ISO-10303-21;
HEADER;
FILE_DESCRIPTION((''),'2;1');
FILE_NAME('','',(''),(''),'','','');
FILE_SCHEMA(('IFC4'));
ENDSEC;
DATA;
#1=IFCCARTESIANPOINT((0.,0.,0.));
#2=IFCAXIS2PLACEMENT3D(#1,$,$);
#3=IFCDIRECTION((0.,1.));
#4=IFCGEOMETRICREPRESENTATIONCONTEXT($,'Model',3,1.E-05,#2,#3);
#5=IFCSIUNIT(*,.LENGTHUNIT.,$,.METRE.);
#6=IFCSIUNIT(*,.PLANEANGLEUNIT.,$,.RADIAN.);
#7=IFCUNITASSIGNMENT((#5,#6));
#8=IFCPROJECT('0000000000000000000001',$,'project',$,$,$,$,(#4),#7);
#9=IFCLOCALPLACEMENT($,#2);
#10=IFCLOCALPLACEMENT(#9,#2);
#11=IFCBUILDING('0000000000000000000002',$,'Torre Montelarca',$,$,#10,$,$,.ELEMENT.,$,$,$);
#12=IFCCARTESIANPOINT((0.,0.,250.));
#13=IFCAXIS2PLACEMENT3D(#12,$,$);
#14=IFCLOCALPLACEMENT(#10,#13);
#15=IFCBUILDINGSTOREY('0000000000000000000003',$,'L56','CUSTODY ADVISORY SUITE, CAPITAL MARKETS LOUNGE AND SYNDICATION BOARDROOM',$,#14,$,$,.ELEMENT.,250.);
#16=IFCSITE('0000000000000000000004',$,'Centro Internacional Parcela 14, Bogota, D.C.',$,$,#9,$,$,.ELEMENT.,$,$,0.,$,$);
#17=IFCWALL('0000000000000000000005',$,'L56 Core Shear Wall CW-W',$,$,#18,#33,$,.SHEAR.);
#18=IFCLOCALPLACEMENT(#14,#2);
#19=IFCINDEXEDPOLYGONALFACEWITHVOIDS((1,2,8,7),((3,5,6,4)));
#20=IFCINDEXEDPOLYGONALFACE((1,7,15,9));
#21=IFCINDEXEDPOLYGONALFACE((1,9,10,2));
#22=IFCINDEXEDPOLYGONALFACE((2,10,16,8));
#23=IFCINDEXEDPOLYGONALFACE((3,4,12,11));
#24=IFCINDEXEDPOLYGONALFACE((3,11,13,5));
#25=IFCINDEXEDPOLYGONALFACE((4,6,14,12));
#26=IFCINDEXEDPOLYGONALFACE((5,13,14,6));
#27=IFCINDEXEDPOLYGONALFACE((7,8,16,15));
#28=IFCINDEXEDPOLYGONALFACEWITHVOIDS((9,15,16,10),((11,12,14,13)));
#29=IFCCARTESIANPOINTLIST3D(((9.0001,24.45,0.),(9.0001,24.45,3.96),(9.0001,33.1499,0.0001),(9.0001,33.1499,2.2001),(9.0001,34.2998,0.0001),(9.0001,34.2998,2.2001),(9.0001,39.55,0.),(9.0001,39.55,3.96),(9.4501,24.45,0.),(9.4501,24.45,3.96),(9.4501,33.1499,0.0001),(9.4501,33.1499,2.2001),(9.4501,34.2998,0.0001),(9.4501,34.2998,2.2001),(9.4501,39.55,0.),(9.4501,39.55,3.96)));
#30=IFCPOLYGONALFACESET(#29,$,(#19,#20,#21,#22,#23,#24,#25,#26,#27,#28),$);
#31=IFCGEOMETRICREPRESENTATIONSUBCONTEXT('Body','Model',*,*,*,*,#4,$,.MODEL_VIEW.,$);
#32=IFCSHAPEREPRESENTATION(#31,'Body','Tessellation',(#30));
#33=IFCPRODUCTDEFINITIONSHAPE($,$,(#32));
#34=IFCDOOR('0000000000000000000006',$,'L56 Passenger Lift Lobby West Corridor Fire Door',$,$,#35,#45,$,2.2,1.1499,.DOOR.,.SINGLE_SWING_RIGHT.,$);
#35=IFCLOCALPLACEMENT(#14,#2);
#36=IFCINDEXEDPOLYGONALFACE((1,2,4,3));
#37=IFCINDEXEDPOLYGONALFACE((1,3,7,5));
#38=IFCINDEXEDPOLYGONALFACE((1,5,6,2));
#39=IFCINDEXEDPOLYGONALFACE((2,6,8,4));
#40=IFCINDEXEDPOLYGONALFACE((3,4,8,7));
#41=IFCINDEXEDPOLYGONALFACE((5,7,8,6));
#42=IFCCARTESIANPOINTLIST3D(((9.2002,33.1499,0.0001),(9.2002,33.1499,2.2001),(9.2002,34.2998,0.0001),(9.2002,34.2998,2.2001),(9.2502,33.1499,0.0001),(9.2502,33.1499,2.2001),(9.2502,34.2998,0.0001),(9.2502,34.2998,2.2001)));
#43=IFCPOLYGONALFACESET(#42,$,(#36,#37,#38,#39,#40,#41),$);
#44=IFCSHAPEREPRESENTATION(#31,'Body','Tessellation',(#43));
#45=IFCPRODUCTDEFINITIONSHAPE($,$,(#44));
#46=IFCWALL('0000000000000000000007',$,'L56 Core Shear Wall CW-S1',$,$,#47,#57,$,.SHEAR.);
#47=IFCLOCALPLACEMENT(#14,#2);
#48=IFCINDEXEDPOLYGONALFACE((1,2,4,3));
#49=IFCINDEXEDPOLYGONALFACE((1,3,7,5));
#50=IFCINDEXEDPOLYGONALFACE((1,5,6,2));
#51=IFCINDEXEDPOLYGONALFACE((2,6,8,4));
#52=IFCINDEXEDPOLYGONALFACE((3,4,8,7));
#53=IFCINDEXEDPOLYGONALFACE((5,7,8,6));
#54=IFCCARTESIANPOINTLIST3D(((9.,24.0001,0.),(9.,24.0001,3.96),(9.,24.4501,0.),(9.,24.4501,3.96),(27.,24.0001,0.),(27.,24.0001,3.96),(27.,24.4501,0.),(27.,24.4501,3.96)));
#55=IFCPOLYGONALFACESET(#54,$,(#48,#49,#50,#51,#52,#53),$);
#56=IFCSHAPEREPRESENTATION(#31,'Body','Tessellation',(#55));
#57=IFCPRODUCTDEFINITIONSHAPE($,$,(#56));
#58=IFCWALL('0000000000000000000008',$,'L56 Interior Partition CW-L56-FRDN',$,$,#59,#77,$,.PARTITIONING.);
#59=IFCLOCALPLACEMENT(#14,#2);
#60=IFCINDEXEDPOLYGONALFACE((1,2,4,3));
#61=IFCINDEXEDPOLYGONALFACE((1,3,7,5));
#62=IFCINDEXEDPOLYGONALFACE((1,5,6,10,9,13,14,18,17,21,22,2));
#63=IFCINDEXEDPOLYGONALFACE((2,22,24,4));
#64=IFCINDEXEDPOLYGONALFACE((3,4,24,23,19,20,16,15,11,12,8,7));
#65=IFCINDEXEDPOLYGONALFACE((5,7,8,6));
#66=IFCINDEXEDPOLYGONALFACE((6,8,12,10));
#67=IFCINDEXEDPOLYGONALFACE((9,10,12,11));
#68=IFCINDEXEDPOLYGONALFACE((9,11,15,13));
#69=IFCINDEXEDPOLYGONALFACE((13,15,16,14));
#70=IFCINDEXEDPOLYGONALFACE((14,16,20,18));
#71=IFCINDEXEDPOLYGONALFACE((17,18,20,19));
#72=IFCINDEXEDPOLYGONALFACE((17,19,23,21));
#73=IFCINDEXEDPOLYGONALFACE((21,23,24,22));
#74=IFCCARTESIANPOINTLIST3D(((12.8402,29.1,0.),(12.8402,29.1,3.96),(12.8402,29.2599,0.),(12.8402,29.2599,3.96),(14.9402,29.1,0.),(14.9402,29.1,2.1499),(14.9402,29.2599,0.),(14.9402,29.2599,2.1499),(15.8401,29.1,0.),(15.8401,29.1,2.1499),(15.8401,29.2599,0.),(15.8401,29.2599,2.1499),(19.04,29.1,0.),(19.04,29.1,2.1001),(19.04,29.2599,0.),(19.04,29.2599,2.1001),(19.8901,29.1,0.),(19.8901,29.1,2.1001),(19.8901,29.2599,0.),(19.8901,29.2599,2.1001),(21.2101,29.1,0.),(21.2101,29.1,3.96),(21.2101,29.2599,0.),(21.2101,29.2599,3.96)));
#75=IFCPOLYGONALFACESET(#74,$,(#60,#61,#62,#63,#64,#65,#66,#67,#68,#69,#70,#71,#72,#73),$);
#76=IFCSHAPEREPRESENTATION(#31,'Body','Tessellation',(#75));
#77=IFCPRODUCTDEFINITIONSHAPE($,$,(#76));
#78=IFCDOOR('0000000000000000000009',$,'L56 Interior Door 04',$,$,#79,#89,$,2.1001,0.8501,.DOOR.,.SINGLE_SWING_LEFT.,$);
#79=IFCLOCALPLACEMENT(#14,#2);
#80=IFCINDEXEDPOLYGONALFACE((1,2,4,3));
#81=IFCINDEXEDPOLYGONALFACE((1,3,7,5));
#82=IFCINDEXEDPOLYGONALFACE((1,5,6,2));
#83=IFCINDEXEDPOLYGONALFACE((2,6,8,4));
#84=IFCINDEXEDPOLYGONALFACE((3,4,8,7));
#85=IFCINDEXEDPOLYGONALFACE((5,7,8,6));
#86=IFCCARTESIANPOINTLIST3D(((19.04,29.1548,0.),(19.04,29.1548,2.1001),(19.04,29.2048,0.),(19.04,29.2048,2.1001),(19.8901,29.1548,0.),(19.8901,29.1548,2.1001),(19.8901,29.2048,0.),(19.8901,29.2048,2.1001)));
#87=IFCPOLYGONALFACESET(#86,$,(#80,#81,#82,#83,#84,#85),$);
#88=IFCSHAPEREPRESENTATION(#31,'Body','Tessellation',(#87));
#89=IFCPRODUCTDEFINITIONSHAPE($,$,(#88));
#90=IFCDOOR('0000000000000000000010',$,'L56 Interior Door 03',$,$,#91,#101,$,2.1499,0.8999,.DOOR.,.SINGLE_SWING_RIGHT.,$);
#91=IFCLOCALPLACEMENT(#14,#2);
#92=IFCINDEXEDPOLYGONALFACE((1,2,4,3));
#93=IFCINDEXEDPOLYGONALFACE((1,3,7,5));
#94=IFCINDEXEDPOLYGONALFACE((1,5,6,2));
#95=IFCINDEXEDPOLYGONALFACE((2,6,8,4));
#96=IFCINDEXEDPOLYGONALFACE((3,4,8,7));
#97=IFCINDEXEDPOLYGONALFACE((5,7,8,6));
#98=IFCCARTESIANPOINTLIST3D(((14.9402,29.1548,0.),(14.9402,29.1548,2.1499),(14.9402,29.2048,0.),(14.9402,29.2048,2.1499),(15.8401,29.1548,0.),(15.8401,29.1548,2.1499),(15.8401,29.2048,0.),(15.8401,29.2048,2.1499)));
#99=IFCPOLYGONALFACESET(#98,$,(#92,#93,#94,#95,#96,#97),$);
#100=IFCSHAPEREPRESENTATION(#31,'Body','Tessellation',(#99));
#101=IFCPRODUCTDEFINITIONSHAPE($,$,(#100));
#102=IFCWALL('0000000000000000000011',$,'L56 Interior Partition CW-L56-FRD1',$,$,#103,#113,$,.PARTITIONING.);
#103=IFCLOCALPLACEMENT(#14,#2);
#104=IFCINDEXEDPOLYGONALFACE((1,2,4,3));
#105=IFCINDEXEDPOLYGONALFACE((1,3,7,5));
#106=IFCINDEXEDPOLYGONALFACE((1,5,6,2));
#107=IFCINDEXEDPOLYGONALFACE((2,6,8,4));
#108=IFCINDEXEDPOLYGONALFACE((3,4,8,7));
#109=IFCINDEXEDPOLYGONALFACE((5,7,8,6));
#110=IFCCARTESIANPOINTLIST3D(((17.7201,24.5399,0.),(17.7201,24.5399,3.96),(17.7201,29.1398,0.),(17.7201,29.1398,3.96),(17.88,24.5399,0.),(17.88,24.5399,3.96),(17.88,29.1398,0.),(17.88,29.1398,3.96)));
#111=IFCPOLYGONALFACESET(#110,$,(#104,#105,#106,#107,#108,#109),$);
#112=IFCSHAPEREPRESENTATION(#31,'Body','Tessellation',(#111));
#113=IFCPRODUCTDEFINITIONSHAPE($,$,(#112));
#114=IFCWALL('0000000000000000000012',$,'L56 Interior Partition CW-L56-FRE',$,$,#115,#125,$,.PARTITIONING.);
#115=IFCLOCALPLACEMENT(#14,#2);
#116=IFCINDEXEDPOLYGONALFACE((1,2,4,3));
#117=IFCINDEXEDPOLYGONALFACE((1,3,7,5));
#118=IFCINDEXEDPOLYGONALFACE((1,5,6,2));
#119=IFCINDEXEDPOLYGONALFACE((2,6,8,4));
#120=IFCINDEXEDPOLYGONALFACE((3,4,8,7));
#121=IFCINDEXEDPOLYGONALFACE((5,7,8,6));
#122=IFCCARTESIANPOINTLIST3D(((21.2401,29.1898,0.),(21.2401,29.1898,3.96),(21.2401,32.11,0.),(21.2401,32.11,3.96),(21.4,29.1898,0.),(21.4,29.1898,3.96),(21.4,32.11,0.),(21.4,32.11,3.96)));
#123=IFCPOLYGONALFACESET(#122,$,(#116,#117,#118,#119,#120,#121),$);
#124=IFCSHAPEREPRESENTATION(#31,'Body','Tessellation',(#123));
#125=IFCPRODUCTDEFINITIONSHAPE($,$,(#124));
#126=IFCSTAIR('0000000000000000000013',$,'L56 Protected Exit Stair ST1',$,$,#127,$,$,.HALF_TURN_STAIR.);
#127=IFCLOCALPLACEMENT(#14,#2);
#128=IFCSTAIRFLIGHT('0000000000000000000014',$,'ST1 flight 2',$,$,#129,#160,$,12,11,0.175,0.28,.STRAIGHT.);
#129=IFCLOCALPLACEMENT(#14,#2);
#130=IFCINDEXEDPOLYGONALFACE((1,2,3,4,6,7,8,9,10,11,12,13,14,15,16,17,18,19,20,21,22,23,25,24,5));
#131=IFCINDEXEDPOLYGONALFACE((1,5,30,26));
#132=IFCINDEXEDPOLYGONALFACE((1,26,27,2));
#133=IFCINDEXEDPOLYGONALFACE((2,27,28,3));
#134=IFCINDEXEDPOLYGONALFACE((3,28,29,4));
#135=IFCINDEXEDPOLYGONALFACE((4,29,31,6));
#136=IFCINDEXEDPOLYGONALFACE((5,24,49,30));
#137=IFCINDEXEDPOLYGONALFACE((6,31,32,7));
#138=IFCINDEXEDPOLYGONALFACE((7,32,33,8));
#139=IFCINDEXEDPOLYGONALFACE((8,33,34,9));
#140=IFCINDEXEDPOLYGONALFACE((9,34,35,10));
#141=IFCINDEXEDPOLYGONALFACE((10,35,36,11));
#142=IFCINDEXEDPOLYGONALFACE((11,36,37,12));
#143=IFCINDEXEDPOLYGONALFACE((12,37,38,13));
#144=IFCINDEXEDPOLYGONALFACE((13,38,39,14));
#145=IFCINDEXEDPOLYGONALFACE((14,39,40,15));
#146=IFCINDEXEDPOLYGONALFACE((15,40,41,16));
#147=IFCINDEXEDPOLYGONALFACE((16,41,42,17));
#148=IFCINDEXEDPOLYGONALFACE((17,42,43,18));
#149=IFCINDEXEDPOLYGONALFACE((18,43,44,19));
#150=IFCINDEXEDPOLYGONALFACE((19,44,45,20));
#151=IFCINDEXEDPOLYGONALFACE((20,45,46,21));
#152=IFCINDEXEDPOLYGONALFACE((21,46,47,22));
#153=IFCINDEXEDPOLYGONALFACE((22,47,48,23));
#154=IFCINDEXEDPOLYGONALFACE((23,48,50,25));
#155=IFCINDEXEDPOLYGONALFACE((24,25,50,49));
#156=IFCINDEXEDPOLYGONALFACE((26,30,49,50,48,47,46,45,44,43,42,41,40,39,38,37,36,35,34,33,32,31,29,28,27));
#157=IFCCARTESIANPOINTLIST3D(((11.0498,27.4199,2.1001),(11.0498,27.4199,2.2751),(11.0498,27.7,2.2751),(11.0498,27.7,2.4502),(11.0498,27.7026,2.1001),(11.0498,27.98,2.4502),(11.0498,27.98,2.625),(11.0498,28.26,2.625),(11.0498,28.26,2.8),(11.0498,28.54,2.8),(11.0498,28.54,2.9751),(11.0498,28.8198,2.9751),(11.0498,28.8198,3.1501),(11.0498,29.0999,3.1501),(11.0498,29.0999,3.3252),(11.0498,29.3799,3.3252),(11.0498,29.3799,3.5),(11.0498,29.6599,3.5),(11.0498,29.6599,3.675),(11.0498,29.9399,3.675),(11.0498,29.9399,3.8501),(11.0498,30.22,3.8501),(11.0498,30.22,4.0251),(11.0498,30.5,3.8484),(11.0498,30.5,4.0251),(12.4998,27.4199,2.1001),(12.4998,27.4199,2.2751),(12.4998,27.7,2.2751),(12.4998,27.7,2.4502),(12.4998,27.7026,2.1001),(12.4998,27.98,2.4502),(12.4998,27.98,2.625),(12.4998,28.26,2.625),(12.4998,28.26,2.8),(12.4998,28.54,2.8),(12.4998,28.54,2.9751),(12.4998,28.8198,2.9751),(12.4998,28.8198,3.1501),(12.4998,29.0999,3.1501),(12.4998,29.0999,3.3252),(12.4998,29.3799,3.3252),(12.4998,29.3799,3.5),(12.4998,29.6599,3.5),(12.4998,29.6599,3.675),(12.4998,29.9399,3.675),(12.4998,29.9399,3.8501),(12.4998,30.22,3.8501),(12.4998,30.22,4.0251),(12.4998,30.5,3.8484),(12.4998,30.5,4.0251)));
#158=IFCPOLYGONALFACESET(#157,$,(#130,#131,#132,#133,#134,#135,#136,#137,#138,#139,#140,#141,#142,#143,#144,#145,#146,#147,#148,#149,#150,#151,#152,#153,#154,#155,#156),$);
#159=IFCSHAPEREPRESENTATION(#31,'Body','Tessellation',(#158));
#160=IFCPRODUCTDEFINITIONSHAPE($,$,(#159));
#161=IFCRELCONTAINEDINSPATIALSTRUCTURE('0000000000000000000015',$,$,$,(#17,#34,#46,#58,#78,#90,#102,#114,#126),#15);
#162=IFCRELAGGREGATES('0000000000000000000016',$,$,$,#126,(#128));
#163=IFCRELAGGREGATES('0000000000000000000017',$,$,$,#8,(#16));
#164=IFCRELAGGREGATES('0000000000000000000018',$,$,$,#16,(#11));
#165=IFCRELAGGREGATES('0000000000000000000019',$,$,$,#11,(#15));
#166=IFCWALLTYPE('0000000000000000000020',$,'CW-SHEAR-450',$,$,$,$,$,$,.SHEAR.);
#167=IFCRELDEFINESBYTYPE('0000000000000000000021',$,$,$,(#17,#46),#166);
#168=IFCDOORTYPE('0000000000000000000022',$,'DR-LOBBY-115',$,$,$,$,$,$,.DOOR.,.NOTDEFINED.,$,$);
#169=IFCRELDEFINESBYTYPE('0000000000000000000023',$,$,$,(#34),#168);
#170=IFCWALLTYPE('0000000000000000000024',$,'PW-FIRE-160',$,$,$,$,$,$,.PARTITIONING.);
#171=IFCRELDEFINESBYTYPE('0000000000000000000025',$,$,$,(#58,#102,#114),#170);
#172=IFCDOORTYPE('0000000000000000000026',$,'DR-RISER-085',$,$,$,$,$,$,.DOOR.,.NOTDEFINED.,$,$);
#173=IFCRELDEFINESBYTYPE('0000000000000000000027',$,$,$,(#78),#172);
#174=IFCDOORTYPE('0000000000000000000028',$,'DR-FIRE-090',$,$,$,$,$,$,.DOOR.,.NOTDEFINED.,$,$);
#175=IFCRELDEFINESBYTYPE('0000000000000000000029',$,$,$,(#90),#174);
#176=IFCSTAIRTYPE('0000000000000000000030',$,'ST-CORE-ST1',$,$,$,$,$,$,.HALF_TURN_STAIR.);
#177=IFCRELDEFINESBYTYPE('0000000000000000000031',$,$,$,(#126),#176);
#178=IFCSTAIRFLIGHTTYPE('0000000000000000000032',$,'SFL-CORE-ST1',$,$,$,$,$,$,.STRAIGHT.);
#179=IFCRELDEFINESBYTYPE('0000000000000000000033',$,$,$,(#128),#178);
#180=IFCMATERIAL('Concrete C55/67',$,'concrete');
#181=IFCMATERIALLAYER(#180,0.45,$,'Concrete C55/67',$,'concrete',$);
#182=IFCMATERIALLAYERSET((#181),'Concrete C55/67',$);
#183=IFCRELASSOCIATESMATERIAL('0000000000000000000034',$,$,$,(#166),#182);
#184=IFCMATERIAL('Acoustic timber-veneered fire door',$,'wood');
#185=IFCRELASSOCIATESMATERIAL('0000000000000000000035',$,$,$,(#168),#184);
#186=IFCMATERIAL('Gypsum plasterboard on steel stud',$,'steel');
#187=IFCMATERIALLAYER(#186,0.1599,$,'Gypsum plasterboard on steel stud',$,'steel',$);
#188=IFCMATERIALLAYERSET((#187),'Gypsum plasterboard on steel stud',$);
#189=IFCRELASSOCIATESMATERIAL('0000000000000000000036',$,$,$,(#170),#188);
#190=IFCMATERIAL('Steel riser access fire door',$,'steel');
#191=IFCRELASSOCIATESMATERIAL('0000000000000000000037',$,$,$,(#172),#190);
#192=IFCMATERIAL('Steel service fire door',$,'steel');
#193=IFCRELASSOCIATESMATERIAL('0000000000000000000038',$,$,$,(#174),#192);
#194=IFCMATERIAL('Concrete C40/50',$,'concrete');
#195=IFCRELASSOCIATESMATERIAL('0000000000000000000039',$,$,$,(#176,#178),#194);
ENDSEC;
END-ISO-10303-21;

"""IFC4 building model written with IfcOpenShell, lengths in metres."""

from ifc_helpers import new_model, si_unit, direction, frame, frame_2d, origin, place, context, subcontext, project, spatial, polyline, rectangle, outline, extrude, source, transform, mapped, material, layer, layer_set, type_object, element, fill, aggregate, save


model = new_model("IFC4")

# Units and contexts
model_context = context("Model", 3, precision=1e-05, world=origin(), true_north=direction((0.0, 1.0)))
body_context = subcontext(model_context, "Body", "Model", "MODEL_VIEW")
ifc_project = project(units=[si_unit("LENGTHUNIT", "METRE"), si_unit("PLANEANGLEUNIT", "RADIAN")], contexts=[model_context])

# Site, building, storey
site_placement = place(None, origin())
site = spatial("IfcSite", under=ifc_project, at=site_placement, Name="Centro Internacional Parcela 14, Bogota, D.C.", CompositionType="ELEMENT", RefElevation=0.0)
building_placement = place(site_placement, origin())
building = spatial("IfcBuilding", under=site, at=building_placement, Name="Torre Montelarca", CompositionType="ELEMENT")
storey_placement = place(building_placement, frame((0.0, 0.0, 250.0)))
storey = spatial("IfcBuildingStorey", under=building, at=storey_placement, Name="L56", Description="CUSTODY ADVISORY SUITE, CAPITAL MARKETS LOUNGE AND SYNDICATION BOARDROOM", CompositionType="ELEMENT", Elevation=250.0)

# Shared definitions
ifc_material_1 = material(Name="Concrete C55/67", Category="concrete")

# Wall, opening, door
ifc_material_2 = material(Name="Concrete C40/50", Category="concrete")
ifc_layer_1 = layer(ifc_material_1, 0.45, Name="Concrete C55/67", Category="concrete")
ifc_layer_set_1 = layer_set([ifc_layer_1], Name="Concrete C55/67")
wall_type_1 = type_object("IfcWallType", Name="CW-SHEAR-450", PredefinedType="SHEAR", material=ifc_layer_set_1)
wall_1_placement = place(storey_placement, frame((9.2251, 24.45, 0.0), z_axis=(0.0, 0.0, 1.0), x_axis=(0.0, 1.0, 0.0)))
wall_1 = element("IfcWall", 1, at=wall_1_placement, inside=storey, type_object=wall_type_1, Name="L56 Core Shear Wall CW-W", PredefinedType="SHEAR", context=body_context, shape_type="SweptSolid", body=[
    extrude(rectangle(XDim=15.1001, YDim=0.45, at=frame_2d((7.55, 0.0))), origin(), (0.0, 0.0, 1.0), 3.96),
])
opening_1_placement = place(wall_1_placement, frame((8.7, 0.0, 0.0)))
opening_1 = element("IfcOpeningElement", 2, at=opening_1_placement, cuts=wall_1, PredefinedType="OPENING", context=body_context, shape_type="SweptSolid", body=[
    extrude(rectangle(XDim=1.1499, YDim=2.2, at=frame_2d((0.575, 1.1001))), frame((0.0, 0.2349, 0.0), z_axis=(0.0, -1.0, 0.0), x_axis=(1.0, 0.0, 0.0)), (0.0, 0.0, 1.0), 0.47),
])
ifc_material_3 = material(Name="Acoustic timber-veneered fire door", Category="wood")
door_type_1 = type_object("IfcDoorType", Name="DR-LOBBY-115", OperationType="NOTDEFINED", PredefinedType="DOOR", material=ifc_material_3)
shared_shape_1 = source(origin(), body_context, "Body", "SweptSolid", [
    extrude(rectangle(XDim=1.1499, YDim=2.2, at=frame_2d((0.575, 1.1001))), frame((0.0, 0.0249, 0.0), z_axis=(0.0, -1.0, 0.0), x_axis=(1.0, 0.0, 0.0)), (0.0, 0.0, 1.0), 0.05),
])
door_1_placement = place(opening_1_placement, origin())
door_1 = element("IfcDoor", 3, at=door_1_placement, inside=storey, type_object=door_type_1, Name="L56 Passenger Lift Lobby West Corridor Fire Door", OperationType="SINGLE_SWING_RIGHT", OverallHeight=2.2, OverallWidth=1.1499, PredefinedType="DOOR", context=body_context, shape_type="MappedRepresentation", body=[
    mapped(shared_shape_1, transform((0.0, 0.0, 0.0), scale=1.0)),
])
fill(opening_1, door_1)

# Wall
wall_2_placement = place(storey_placement, frame((9.0, 24.2251, 0.0), z_axis=(0.0, 0.0, 1.0), x_axis=(1.0, 0.0, 0.0)))
element("IfcWall", 4, at=wall_2_placement, inside=storey, type_object=wall_type_1, Name="L56 Core Shear Wall CW-S1", PredefinedType="SHEAR", context=body_context, shape_type="SweptSolid", body=[
    extrude(rectangle(XDim=18.0, YDim=0.45, at=frame_2d((9.0, 0.0))), origin(), (0.0, 0.0, 1.0), 3.96),
])

# Wall, openings, doors
ifc_material_4 = material(Name="Gypsum plasterboard on steel stud", Category="steel")
ifc_layer_2 = layer(ifc_material_4, 0.1599, Name="Gypsum plasterboard on steel stud", Category="steel")
ifc_layer_set_2 = layer_set([ifc_layer_2], Name="Gypsum plasterboard on steel stud")
wall_type_2 = type_object("IfcWallType", Name="PW-FIRE-160", PredefinedType="PARTITIONING", material=ifc_layer_set_2)
wall_3_placement = place(storey_placement, frame((12.8401, 29.1799, 0.0), z_axis=(0.0, 0.0, 1.0), x_axis=(1.0, 0.0, 0.0)))
wall_3 = element("IfcWall", 5, at=wall_3_placement, inside=storey, type_object=wall_type_2, Name="L56 Interior Partition CW-L56-FRDN", PredefinedType="PARTITIONING", context=body_context, shape_type="SweptSolid", body=[
    extrude(rectangle(XDim=8.3699, YDim=0.1599, at=frame_2d((4.1851, 0.0))), origin(), (0.0, 0.0, 1.0), 3.96),
])
opening_2_placement = place(wall_3_placement, frame((2.1001, 0.0, 0.0)))
opening_2 = element("IfcOpeningElement", 6, at=opening_2_placement, cuts=wall_3, PredefinedType="OPENING", context=body_context, shape_type="SweptSolid", body=[
    extrude(rectangle(XDim=0.8999, YDim=2.1499, at=frame_2d((0.45, 1.075))), frame((0.0, 0.0898, 0.0), z_axis=(0.0, -1.0, 0.0), x_axis=(1.0, 0.0, 0.0)), (0.0, 0.0, 1.0), 0.1799),
])
opening_3_placement = place(wall_3_placement, frame((6.2, 0.0, 0.0)))
opening_3 = element("IfcOpeningElement", 7, at=opening_3_placement, cuts=wall_3, PredefinedType="OPENING", context=body_context, shape_type="SweptSolid", body=[
    extrude(rectangle(XDim=0.8501, YDim=2.1001, at=frame_2d((0.425, 1.05))), frame((0.0, 0.0898, 0.0), z_axis=(0.0, -1.0, 0.0), x_axis=(1.0, 0.0, 0.0)), (0.0, 0.0, 1.0), 0.1799),
])
ifc_material_5 = material(Name="Steel riser access fire door", Category="steel")
door_type_2 = type_object("IfcDoorType", Name="DR-RISER-085", OperationType="NOTDEFINED", PredefinedType="DOOR", material=ifc_material_5)
shared_shape_2 = source(origin(), body_context, "Body", "SweptSolid", [
    extrude(rectangle(XDim=0.8501, YDim=2.1001, at=frame_2d((0.425, 1.05))), frame((0.0, 0.0249, 0.0), z_axis=(0.0, -1.0, 0.0), x_axis=(1.0, 0.0, 0.0)), (0.0, 0.0, 1.0), 0.05),
])
door_2_placement = place(opening_3_placement, origin())
door_2 = element("IfcDoor", 8, at=door_2_placement, inside=storey, type_object=door_type_2, Name="L56 Interior Door 04", OperationType="SINGLE_SWING_LEFT", OverallHeight=2.1001, OverallWidth=0.8501, PredefinedType="DOOR", context=body_context, shape_type="MappedRepresentation", body=[
    mapped(shared_shape_2, transform((0.0, 0.0, 0.0), scale=1.0)),
])
fill(opening_3, door_2)
ifc_material_6 = material(Name="Steel service fire door", Category="steel")
door_type_3 = type_object("IfcDoorType", Name="DR-FIRE-090", OperationType="NOTDEFINED", PredefinedType="DOOR", material=ifc_material_6)
shared_shape_3 = source(origin(), body_context, "Body", "SweptSolid", [
    extrude(rectangle(XDim=0.8999, YDim=2.1499, at=frame_2d((0.45, 1.075))), frame((0.0, 0.0249, 0.0), z_axis=(0.0, -1.0, 0.0), x_axis=(1.0, 0.0, 0.0)), (0.0, 0.0, 1.0), 0.05),
])
door_3_placement = place(opening_2_placement, origin())
door_3 = element("IfcDoor", 9, at=door_3_placement, inside=storey, type_object=door_type_3, Name="L56 Interior Door 03", OperationType="SINGLE_SWING_RIGHT", OverallHeight=2.1499, OverallWidth=0.8999, PredefinedType="DOOR", context=body_context, shape_type="MappedRepresentation", body=[
    mapped(shared_shape_3, transform((0.0, 0.0, 0.0), scale=1.0)),
])
fill(opening_2, door_3)

# Walls
wall_4_placement = place(storey_placement, frame((17.8, 24.54, 0.0), z_axis=(0.0, 0.0, 1.0), x_axis=(0.0, 1.0, 0.0)))
element("IfcWall", 10, at=wall_4_placement, inside=storey, type_object=wall_type_2, Name="L56 Interior Partition CW-L56-FRD1", PredefinedType="PARTITIONING", context=body_context, shape_type="SweptSolid", body=[
    extrude(rectangle(XDim=4.5999, YDim=0.1599, at=frame_2d((2.2998, 0.0))), origin(), (0.0, 0.0, 1.0), 3.96),
])
wall_5_placement = place(storey_placement, frame((21.3201, 29.1899, 0.0), z_axis=(0.0, 0.0, 1.0), x_axis=(0.0, 1.0, 0.0)))
element("IfcWall", 11, at=wall_5_placement, inside=storey, type_object=wall_type_2, Name="L56 Interior Partition CW-L56-FRE", PredefinedType="PARTITIONING", context=body_context, shape_type="SweptSolid", body=[
    extrude(rectangle(XDim=2.9202, YDim=0.1599, at=frame_2d((1.46, 0.0))), origin(), (0.0, 0.0, 1.0), 3.96),
])

# Stair, stair flight
stair_type = type_object("IfcStairType", Name="ST-CORE-ST1", PredefinedType="HALF_TURN_STAIR", material=ifc_material_2)
stair_placement = place(storey_placement, origin())
stair = element("IfcStair", 12, at=stair_placement, inside=storey, type_object=stair_type, Name="L56 Protected Exit Stair ST1", PredefinedType="HALF_TURN_STAIR")
stair_flight_type = type_object("IfcStairFlightType", Name="SFL-CORE-ST1", PredefinedType="STRAIGHT", material=ifc_material_2)
stair_flight_placement = place(storey_placement, frame((11.7749, 27.4199, 2.1001), z_axis=(0.0, 0.0, 1.0), x_axis=(0.0, 1.0, 0.0)))
stair_flight = element("IfcStairFlight", 13, at=stair_flight_placement, type_object=stair_flight_type, Name="ST1 flight 2", NumberOfRisers=12, NumberOfTreads=11, PredefinedType="STRAIGHT", RiserHeight=0.175, TreadLength=0.28, context=body_context, shape_type="SweptSolid", body=[
    extrude(outline(polyline([(0.0, 0.0), (0.0, 0.175), (0.28, 0.175), (0.28, 0.3501), (0.5601, 0.3501), (0.5601, 0.5249), (0.8401, 0.5249), (0.8401, 0.7), (1.1201, 0.7), (1.1201, 0.875), (1.3999, 0.875), (1.3999, 1.05), (1.6799, 1.05), (1.6799, 1.2251), (1.96, 1.2251), (1.96, 1.3999), (2.24, 1.3999), (2.24, 1.575), (2.52, 1.575), (2.52, 1.75), (2.8, 1.75), (2.8, 1.925), (3.0801, 1.925), (3.0801, 2.1001), (3.0801, 1.7483), (0.2827, 0.0), (0.0, 0.0)])), frame((0.0, 0.7251, 0.0), z_axis=(0.0, -1.0, 0.0), x_axis=(1.0, 0.0, 0.0)), (0.0, 0.0, 1.0), 1.45),
])
aggregate(stair, [stair_flight])

save(model, "model.ifc")
